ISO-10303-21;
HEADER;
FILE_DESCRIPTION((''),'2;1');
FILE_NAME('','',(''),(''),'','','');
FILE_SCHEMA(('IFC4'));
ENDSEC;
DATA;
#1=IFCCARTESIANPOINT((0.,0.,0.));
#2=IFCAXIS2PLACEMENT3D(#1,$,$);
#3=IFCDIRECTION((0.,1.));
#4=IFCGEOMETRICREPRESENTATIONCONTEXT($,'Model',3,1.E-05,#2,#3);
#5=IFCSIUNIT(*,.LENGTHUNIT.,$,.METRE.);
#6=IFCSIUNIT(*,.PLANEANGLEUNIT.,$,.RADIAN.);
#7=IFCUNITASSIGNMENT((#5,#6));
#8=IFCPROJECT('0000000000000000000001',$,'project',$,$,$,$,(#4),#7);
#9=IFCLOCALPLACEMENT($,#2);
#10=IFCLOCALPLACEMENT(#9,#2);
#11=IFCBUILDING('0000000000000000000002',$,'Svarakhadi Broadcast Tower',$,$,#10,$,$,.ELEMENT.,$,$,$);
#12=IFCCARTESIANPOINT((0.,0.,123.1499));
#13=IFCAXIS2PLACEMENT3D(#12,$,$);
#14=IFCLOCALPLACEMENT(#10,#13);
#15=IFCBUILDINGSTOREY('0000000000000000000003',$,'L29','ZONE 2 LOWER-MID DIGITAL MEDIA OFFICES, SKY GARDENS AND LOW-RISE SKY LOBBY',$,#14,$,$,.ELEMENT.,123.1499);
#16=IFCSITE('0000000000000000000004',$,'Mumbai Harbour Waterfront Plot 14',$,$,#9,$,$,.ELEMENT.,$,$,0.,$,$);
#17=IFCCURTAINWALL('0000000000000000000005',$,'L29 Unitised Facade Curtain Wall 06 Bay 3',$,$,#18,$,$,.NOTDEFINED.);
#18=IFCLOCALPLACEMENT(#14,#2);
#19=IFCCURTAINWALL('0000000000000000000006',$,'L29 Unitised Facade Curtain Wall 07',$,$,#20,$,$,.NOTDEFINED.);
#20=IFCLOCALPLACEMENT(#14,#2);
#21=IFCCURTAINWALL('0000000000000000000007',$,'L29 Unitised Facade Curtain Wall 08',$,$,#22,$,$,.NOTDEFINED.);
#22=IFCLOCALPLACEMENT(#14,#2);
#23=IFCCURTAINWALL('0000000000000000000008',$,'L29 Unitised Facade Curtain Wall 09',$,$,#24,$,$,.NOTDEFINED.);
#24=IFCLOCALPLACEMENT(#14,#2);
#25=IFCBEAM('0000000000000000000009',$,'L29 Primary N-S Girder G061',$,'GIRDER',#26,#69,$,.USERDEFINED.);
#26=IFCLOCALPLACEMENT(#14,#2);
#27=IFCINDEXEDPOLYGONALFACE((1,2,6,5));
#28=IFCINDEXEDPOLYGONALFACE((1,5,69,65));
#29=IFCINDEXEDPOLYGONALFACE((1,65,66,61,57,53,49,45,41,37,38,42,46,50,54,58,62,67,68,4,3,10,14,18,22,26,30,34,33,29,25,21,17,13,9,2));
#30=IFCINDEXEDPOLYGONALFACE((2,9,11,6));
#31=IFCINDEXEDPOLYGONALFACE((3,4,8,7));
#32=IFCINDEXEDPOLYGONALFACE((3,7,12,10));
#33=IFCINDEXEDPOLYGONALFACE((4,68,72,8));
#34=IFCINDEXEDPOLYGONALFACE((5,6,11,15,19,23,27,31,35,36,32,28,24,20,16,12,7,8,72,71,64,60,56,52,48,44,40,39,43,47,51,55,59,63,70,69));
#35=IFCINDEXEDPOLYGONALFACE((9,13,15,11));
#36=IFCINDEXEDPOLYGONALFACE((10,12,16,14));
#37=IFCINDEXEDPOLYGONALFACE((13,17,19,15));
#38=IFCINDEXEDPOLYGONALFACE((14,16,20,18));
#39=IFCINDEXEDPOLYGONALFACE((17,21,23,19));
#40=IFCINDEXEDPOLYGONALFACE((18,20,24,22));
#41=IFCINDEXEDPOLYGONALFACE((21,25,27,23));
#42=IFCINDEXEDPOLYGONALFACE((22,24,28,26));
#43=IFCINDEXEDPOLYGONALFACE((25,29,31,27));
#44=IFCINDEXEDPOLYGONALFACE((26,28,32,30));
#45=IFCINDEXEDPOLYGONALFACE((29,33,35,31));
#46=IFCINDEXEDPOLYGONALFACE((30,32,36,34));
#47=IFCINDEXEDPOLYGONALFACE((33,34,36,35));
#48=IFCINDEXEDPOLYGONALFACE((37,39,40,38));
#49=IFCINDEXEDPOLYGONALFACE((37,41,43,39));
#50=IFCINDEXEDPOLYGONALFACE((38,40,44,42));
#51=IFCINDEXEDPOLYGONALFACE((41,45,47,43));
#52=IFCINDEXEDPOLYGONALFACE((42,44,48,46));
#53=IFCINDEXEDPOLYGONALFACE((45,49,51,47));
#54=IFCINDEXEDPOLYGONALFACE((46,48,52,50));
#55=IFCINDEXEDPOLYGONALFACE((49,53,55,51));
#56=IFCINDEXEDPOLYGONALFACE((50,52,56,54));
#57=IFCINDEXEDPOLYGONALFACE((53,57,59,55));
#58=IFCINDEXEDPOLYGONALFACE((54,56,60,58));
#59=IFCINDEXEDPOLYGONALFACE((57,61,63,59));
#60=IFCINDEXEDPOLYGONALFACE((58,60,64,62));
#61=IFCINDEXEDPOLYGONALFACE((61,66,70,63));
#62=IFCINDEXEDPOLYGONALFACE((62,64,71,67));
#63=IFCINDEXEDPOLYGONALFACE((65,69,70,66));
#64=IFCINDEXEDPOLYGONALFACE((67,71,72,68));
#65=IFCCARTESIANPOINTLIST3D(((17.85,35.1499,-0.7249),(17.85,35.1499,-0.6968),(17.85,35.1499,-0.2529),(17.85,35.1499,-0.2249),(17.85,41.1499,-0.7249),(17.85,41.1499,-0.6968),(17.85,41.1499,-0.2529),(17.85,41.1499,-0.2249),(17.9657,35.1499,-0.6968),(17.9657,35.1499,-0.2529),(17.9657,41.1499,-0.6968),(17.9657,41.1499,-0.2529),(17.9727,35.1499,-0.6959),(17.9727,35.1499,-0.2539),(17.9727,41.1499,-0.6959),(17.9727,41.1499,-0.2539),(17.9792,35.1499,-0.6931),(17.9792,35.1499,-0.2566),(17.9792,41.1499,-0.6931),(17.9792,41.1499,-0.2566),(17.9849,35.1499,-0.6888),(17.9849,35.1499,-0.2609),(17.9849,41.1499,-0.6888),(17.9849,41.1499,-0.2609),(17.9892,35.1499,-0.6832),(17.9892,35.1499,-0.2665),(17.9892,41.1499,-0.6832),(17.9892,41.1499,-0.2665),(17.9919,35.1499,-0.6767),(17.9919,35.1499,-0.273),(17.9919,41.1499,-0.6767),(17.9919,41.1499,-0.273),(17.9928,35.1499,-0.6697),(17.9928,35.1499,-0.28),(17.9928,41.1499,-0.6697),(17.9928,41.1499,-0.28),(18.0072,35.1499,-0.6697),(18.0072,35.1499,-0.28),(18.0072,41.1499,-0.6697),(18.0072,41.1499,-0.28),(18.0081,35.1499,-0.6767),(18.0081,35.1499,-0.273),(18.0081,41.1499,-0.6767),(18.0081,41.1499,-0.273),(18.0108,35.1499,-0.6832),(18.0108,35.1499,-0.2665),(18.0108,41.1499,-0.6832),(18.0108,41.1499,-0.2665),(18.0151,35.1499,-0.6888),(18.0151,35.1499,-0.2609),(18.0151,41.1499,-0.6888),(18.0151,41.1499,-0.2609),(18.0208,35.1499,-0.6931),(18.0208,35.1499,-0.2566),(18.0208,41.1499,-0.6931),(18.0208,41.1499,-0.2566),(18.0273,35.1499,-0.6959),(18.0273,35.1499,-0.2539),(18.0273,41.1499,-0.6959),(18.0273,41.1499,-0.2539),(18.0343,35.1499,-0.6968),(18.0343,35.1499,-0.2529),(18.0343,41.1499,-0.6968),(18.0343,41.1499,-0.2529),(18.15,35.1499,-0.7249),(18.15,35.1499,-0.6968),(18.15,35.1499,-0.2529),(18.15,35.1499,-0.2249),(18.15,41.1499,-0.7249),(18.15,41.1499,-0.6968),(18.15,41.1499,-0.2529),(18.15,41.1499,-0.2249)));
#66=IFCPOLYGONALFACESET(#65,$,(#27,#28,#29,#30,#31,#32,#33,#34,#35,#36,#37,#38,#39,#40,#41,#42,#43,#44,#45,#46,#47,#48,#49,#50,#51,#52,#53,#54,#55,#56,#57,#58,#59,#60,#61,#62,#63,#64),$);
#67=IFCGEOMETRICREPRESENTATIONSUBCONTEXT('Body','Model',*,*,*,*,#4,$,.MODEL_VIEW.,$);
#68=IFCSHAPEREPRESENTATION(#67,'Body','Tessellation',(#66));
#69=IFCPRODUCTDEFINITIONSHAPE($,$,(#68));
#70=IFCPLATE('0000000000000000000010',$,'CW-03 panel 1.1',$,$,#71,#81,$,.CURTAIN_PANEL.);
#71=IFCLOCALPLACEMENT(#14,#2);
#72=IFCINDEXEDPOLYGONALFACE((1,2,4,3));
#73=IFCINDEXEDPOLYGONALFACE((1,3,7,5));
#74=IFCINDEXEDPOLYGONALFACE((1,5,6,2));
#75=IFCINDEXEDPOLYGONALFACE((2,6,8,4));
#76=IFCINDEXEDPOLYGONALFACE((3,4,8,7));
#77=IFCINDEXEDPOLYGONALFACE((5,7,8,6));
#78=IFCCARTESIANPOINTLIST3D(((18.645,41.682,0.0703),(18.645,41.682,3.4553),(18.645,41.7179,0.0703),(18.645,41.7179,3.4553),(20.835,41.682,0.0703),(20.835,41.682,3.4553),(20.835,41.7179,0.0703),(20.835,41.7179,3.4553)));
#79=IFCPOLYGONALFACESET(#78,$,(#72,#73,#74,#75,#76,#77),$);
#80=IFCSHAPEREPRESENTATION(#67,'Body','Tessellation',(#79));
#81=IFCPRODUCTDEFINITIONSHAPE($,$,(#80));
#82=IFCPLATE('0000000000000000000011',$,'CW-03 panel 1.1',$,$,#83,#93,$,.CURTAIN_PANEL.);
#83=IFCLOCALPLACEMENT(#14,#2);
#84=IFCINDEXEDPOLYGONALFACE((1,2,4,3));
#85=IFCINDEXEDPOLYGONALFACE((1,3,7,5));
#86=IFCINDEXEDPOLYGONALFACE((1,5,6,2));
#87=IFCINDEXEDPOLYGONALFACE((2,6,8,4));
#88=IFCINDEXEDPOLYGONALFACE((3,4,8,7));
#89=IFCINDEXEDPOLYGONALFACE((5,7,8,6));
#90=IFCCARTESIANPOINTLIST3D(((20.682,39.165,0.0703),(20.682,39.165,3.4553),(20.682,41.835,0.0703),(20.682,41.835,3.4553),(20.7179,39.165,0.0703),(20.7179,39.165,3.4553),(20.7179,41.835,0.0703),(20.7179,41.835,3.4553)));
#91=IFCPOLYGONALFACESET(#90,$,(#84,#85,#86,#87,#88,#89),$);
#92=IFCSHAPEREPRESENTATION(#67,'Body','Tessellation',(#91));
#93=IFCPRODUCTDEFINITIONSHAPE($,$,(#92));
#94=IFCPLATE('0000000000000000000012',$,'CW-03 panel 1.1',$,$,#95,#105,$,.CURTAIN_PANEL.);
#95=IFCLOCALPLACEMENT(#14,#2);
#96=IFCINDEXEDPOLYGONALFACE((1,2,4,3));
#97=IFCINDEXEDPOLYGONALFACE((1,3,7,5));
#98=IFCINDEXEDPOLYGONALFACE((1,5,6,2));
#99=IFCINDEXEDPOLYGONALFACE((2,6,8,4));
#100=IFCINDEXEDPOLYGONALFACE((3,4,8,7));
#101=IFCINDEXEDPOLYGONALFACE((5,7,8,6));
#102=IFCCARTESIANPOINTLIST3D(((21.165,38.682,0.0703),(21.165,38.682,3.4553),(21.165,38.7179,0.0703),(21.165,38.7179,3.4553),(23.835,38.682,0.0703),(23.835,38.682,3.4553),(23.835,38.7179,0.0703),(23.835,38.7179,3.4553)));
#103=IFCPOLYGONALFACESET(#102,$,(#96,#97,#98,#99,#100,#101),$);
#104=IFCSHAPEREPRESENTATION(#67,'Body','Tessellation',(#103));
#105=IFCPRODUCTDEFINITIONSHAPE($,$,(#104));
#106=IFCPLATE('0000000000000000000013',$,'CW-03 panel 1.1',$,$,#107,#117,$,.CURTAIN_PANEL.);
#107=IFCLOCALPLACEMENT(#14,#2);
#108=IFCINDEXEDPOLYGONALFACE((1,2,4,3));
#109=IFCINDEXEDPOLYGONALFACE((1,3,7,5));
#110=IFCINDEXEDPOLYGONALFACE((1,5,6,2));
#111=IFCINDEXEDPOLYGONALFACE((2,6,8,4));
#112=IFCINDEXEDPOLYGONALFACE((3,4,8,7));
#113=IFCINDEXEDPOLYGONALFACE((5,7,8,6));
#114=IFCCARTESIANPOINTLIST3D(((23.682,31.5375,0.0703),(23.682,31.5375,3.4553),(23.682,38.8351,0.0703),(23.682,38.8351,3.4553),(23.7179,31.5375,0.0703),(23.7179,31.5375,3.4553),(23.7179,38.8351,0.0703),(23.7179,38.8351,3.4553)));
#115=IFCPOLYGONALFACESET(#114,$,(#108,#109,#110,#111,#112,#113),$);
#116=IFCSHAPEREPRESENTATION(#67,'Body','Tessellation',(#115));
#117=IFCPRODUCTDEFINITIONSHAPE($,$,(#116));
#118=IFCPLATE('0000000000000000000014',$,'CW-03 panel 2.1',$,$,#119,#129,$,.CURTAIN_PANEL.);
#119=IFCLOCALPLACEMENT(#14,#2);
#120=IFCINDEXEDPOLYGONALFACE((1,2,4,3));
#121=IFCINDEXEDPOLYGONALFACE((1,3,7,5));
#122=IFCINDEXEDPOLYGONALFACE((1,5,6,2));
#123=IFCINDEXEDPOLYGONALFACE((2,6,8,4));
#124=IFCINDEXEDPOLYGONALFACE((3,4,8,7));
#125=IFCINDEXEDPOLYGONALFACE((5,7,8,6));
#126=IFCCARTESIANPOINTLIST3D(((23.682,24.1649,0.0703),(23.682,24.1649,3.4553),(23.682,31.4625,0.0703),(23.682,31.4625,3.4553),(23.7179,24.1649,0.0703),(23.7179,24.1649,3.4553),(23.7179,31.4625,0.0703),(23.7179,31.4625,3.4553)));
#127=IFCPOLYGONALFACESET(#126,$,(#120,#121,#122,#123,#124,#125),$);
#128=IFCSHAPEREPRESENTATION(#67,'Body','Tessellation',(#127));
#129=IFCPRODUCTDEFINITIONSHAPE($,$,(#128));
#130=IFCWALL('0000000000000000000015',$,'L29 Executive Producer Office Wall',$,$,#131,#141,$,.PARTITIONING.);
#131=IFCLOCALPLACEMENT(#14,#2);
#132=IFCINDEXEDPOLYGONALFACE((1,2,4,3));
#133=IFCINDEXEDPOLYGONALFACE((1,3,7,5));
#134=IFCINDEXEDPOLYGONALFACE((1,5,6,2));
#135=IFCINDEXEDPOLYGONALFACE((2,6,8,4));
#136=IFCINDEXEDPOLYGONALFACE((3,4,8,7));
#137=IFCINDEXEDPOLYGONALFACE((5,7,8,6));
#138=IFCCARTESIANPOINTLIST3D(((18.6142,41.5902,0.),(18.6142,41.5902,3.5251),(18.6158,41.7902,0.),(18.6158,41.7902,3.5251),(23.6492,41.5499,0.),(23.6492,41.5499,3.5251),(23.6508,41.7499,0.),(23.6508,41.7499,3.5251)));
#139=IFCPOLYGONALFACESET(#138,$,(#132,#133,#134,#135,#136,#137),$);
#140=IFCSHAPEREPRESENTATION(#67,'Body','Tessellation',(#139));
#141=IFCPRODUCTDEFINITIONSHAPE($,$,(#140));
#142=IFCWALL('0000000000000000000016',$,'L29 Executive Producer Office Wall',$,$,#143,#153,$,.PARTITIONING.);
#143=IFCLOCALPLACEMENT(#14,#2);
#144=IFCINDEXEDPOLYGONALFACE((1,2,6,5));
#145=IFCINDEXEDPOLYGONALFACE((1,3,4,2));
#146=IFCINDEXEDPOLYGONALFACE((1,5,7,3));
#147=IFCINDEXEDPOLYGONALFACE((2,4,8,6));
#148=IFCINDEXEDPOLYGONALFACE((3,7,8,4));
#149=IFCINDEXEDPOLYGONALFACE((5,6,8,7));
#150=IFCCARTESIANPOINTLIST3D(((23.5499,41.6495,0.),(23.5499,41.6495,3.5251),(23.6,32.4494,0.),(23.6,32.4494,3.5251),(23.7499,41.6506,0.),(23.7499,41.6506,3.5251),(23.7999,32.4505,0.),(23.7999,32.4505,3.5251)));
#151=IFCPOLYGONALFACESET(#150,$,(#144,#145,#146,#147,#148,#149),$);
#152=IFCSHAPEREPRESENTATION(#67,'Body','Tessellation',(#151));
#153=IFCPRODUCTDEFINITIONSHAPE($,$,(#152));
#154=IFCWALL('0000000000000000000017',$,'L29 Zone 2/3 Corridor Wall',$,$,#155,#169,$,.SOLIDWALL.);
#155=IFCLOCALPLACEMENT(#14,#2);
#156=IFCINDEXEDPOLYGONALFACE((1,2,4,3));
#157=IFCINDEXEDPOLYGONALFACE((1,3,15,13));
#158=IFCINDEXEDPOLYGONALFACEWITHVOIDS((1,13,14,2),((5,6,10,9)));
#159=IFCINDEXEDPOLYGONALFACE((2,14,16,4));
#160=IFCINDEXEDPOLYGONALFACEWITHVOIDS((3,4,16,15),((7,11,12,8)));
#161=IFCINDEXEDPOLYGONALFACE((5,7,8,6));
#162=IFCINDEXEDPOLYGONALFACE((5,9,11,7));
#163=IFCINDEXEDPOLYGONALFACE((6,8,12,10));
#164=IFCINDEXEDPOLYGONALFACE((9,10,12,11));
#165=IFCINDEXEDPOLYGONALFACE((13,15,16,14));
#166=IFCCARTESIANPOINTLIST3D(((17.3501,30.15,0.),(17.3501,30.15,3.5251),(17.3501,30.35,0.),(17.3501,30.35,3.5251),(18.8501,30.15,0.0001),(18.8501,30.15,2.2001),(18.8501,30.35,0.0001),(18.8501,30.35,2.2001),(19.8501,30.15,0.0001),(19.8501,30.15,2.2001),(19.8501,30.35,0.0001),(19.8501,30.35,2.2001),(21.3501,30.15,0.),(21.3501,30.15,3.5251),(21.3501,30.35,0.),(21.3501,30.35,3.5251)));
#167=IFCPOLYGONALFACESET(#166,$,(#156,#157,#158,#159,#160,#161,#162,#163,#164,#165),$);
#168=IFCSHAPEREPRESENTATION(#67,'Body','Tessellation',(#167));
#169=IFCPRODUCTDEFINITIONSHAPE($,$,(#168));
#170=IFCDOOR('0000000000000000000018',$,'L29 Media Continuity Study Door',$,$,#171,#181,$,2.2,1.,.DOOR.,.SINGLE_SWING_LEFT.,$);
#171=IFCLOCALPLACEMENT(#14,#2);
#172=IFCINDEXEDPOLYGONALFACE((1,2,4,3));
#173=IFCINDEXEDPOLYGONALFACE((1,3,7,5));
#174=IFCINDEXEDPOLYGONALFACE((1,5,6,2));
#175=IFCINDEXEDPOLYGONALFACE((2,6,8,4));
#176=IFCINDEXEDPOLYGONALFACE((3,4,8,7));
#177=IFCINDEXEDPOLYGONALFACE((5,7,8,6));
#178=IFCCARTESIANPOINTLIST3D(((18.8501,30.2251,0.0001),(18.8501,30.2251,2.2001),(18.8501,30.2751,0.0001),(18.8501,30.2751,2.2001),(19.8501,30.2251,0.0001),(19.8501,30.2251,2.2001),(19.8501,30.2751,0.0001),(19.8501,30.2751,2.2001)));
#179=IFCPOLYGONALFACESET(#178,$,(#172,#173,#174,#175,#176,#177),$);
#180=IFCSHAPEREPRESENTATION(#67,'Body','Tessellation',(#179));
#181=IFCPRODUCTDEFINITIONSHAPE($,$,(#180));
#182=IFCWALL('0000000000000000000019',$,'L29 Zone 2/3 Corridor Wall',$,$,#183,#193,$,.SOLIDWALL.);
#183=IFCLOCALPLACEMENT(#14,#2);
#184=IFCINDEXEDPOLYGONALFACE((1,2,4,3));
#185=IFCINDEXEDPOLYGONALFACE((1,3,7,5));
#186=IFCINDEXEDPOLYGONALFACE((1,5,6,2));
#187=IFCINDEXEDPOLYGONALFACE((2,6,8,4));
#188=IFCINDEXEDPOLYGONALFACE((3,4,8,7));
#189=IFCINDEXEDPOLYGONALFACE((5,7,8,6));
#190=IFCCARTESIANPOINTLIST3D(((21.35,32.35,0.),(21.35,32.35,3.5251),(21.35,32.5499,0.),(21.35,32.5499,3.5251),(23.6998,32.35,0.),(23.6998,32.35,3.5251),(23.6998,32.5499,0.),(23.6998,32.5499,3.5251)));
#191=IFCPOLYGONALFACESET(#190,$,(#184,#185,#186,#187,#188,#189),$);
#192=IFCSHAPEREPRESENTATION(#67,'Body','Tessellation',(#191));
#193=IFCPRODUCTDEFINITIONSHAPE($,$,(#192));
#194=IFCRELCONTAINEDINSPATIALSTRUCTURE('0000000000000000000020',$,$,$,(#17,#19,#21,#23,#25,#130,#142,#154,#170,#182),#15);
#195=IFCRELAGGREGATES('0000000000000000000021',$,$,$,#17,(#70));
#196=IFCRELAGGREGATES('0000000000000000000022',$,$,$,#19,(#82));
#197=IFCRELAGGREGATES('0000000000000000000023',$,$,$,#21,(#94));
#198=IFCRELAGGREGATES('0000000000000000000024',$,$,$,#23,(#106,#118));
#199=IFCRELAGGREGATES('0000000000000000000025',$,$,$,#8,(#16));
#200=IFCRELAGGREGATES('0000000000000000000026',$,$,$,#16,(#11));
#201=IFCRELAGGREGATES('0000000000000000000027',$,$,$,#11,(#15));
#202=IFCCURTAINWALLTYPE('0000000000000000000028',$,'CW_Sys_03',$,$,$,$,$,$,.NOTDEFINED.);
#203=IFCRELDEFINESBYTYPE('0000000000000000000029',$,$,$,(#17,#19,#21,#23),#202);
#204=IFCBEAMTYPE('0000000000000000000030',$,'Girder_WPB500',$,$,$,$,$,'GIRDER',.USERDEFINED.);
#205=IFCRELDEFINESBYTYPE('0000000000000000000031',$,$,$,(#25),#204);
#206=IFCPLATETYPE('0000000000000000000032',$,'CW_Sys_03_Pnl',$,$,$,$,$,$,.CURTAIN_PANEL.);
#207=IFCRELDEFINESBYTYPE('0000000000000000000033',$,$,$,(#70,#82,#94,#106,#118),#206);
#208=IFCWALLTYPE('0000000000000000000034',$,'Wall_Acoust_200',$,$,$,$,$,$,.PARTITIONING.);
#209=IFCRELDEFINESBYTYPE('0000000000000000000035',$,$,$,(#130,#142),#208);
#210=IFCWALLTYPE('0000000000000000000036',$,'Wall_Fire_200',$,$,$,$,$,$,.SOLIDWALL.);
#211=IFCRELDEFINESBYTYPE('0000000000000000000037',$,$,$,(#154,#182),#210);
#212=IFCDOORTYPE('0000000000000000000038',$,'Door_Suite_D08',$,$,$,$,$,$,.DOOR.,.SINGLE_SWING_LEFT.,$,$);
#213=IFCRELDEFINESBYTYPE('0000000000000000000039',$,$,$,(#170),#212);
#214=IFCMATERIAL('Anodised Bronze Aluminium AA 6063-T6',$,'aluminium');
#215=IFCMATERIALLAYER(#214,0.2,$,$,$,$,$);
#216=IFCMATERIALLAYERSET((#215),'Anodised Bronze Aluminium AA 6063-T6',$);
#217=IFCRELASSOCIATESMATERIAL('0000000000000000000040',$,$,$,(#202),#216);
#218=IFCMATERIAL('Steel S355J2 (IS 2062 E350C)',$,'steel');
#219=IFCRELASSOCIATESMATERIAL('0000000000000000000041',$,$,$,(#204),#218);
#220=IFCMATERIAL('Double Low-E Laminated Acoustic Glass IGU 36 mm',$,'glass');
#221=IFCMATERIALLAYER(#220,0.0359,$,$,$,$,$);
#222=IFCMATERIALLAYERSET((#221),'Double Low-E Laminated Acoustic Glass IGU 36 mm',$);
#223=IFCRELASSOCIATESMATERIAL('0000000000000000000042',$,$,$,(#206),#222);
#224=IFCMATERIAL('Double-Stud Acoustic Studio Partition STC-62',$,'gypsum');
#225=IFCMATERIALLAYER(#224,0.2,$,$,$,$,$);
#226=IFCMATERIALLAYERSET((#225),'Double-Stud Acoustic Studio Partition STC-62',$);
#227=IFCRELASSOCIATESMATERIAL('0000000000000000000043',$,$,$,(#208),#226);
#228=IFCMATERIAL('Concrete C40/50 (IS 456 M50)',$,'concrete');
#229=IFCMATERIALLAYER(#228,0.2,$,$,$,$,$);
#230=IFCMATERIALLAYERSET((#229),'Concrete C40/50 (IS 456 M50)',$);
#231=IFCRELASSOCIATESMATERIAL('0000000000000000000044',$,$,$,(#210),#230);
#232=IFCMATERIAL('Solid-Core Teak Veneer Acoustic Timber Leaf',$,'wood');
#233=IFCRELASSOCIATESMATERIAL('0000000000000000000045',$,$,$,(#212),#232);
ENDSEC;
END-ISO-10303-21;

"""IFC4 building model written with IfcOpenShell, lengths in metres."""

from ifc_helpers import new_model, si_unit, direction, frame, frame_2d, origin, origin_2d, place, context, subcontext, project, spatial, rectangle, i_section, extrude, material, layer, layer_set, material_profile, profile_set, type_object, element, fill, aggregate, save


model = new_model("IFC4")

# Units and contexts
model_context = context("Model", 3, precision=1e-05, world=origin(), true_north=direction((0.0, 1.0)))
body_context = subcontext(model_context, "Body", "Model", "MODEL_VIEW")
ifc_project = project(units=[si_unit("LENGTHUNIT", "METRE"), si_unit("PLANEANGLEUNIT", "RADIAN")], contexts=[model_context])

# Site, building, storey
site_placement = place(None, origin())
site = spatial("IfcSite", under=ifc_project, at=site_placement, Name="Mumbai Harbour Waterfront Plot 14", CompositionType="ELEMENT", RefElevation=0.0)
building_placement = place(site_placement, origin())
building = spatial("IfcBuilding", under=site, at=building_placement, Name="Svarakhadi Broadcast Tower", CompositionType="ELEMENT")
storey_placement = place(building_placement, frame((0.0, 0.0, 123.1499)))
storey = spatial("IfcBuildingStorey", under=building, at=storey_placement, Name="L29", Description="ZONE 2 LOWER-MID DIGITAL MEDIA OFFICES, SKY GARDENS AND LOW-RISE SKY LOBBY", CompositionType="ELEMENT", Elevation=123.1499)

# Curtain walls
ifc_material_1 = material(Name="Anodised Bronze Aluminium AA 6063-T6", Category="aluminium")
ifc_layer_1 = layer(ifc_material_1, 0.2)
ifc_layer_set_1 = layer_set([ifc_layer_1], Name="Anodised Bronze Aluminium AA 6063-T6")
curtain_wall_type = type_object("IfcCurtainWallType", Name="CW_Sys_03", PredefinedType="NOTDEFINED", material=ifc_layer_set_1)
curtain_wall_1_placement = place(storey_placement, origin())
curtain_wall_1 = element("IfcCurtainWall", 1, at=curtain_wall_1_placement, inside=storey, type_object=curtain_wall_type, Name="L29 Unitised Facade Curtain Wall 06 Bay 3", PredefinedType="NOTDEFINED")
curtain_wall_2_placement = place(storey_placement, origin())
curtain_wall_2 = element("IfcCurtainWall", 2, at=curtain_wall_2_placement, inside=storey, type_object=curtain_wall_type, Name="L29 Unitised Facade Curtain Wall 07", PredefinedType="NOTDEFINED")
curtain_wall_3_placement = place(storey_placement, origin())
curtain_wall_3 = element("IfcCurtainWall", 3, at=curtain_wall_3_placement, inside=storey, type_object=curtain_wall_type, Name="L29 Unitised Facade Curtain Wall 08", PredefinedType="NOTDEFINED")
curtain_wall_4_placement = place(storey_placement, origin())
curtain_wall_4 = element("IfcCurtainWall", 4, at=curtain_wall_4_placement, inside=storey, type_object=curtain_wall_type, Name="L29 Unitised Facade Curtain Wall 09", PredefinedType="NOTDEFINED")

# Beam
ifc_material_2 = material(Name="Steel S355J2 (IS 2062 E350C)", Category="steel")
ifc_material_profile_1 = material_profile(ifc_material_2, i_section(OverallWidth=0.3, OverallDepth=0.5, WebThickness=0.0144, FlangeThickness=0.0281, FilletRadius=0.0271, at=origin_2d()), Name="WPB 500x300x187")
ifc_profile_set_1 = profile_set([ifc_material_profile_1], Name="Steel S355J2 (IS 2062 E350C)")
beam_type = type_object("IfcBeamType", Name="Girder_WPB500", ElementType="GIRDER", PredefinedType="USERDEFINED", material=ifc_profile_set_1)
for number, where, z_axis, x_axis, name in (
    (5, (18.0, 35.1499, -0.4749), (0.0, 1.0, 0.0), (-1.0, 0.0, 0.0), "L29 Primary N-S Girder G061"),
):
    element("IfcBeam", number, at=place(storey_placement, frame(where, z_axis=z_axis, x_axis=x_axis)), inside=storey, type_object=beam_type, Name=name, ObjectType="GIRDER", PredefinedType="USERDEFINED", context=body_context, shape_type="SweptSolid", body=[
        extrude(i_section(OverallWidth=0.3, OverallDepth=0.5, WebThickness=0.0144, FlangeThickness=0.0281, FilletRadius=0.0271, at=origin_2d()), origin(), (0.0, 0.0, 1.0), 6.0),
    ])

# Plates
ifc_material_3 = material(Name="Double Low-E Laminated Acoustic Glass IGU 36 mm", Category="glass")
ifc_layer_2 = layer(ifc_material_3, 0.0359)
ifc_layer_set_2 = layer_set([ifc_layer_2], Name="Double Low-E Laminated Acoustic Glass IGU 36 mm")
plate_type = type_object("IfcPlateType", Name="CW_Sys_03_Pnl", PredefinedType="CURTAIN_PANEL", material=ifc_layer_set_2)
plate_1_placement = place(storey_placement, frame((19.74, 41.7, 0.0703), z_axis=(0.0, 0.0, 1.0), x_axis=(1.0, 0.0, 0.0)))
plate_1 = element("IfcPlate", 6, at=plate_1_placement, type_object=plate_type, Name="CW-03 panel 1.1", PredefinedType="CURTAIN_PANEL", context=body_context, shape_type="SweptSolid", body=[
    extrude(rectangle(XDim=2.1899, YDim=0.0359, at=origin_2d()), origin(), (0.0, 0.0, 1.0), 3.385),
])
aggregate(curtain_wall_1, [plate_1])
plate_2_placement = place(storey_placement, frame((20.7, 40.5, 0.0703), z_axis=(0.0, 0.0, 1.0), x_axis=(0.0, -1.0, 0.0)))
plate_2 = element("IfcPlate", 7, at=plate_2_placement, type_object=plate_type, Name="CW-03 panel 1.1", PredefinedType="CURTAIN_PANEL", context=body_context, shape_type="SweptSolid", body=[
    extrude(rectangle(XDim=2.6699, YDim=0.0359, at=origin_2d()), origin(), (0.0, 0.0, 1.0), 3.385),
])
aggregate(curtain_wall_2, [plate_2])
plate_3_placement = place(storey_placement, frame((22.5, 38.7, 0.0703), z_axis=(0.0, 0.0, 1.0), x_axis=(1.0, 0.0, 0.0)))
plate_3 = element("IfcPlate", 8, at=plate_3_placement, type_object=plate_type, Name="CW-03 panel 1.1", PredefinedType="CURTAIN_PANEL", context=body_context, shape_type="SweptSolid", body=[
    extrude(rectangle(XDim=2.6699, YDim=0.0359, at=origin_2d()), origin(), (0.0, 0.0, 1.0), 3.385),
])
aggregate(curtain_wall_3, [plate_3])
plate_4_placement = place(storey_placement, frame((23.7, 35.1863, 0.0703), z_axis=(0.0, 0.0, 1.0), x_axis=(0.0, -1.0, 0.0)))
plate_4 = element("IfcPlate", 9, at=plate_4_placement, type_object=plate_type, Name="CW-03 panel 1.1", PredefinedType="CURTAIN_PANEL", context=body_context, shape_type="SweptSolid", body=[
    extrude(rectangle(XDim=7.2976, YDim=0.0359, at=origin_2d()), origin(), (0.0, 0.0, 1.0), 3.385),
])
plate_5_placement = place(storey_placement, frame((23.7, 27.8137, 0.0703), z_axis=(0.0, 0.0, 1.0), x_axis=(0.0, -1.0, 0.0)))
plate_5 = element("IfcPlate", 10, at=plate_5_placement, type_object=plate_type, Name="CW-03 panel 2.1", PredefinedType="CURTAIN_PANEL", context=body_context, shape_type="SweptSolid", body=[
    extrude(rectangle(XDim=7.2976, YDim=0.0359, at=origin_2d()), origin(), (0.0, 0.0, 1.0), 3.385),
])
aggregate(curtain_wall_4, [plate_4, plate_5])

# Walls
ifc_material_4 = material(Name="Double-Stud Acoustic Studio Partition STC-62", Category="gypsum")
ifc_layer_3 = layer(ifc_material_4, 0.2)
ifc_layer_set_3 = layer_set([ifc_layer_3], Name="Double-Stud Acoustic Studio Partition STC-62")
wall_type_1 = type_object("IfcWallType", Name="Wall_Acoust_200", PredefinedType="PARTITIONING", material=ifc_layer_set_3)
wall_1_placement = place(storey_placement, frame((18.615, 41.6902, 0.0), z_axis=(0.0, 0.0, 1.0), x_axis=(0.999968, -0.008001, 0.0)))
element("IfcWall", 11, at=wall_1_placement, inside=storey, type_object=wall_type_1, Name="L29 Executive Producer Office Wall", PredefinedType="PARTITIONING", context=body_context, shape_type="SweptSolid", body=[
    extrude(rectangle(XDim=5.0352, YDim=0.2, at=frame_2d((2.5176, 0.0))), origin(), (0.0, 0.0, 1.0), 3.5251),
])
wall_2_placement = place(storey_placement, frame((23.7, 32.45, 0.0), z_axis=(0.0, 0.0, 1.0), x_axis=(-0.00544, 0.999985, 0.0)))
element("IfcWall", 12, at=wall_2_placement, inside=storey, type_object=wall_type_1, Name="L29 Executive Producer Office Wall", PredefinedType="PARTITIONING", context=body_context, shape_type="SweptSolid", body=[
    extrude(rectangle(XDim=9.2002, YDim=0.2, at=frame_2d((4.6001, 0.0))), origin(), (0.0, 0.0, 1.0), 3.5251),
])

# Wall, opening, door
ifc_material_5 = material(Name="Concrete C40/50 (IS 456 M50)", Category="concrete")
ifc_layer_4 = layer(ifc_material_5, 0.2)
ifc_layer_set_4 = layer_set([ifc_layer_4], Name="Concrete C40/50 (IS 456 M50)")
wall_type_2 = type_object("IfcWallType", Name="Wall_Fire_200", PredefinedType="SOLIDWALL", material=ifc_layer_set_4)
wall_3_placement = place(storey_placement, frame((21.3501, 30.25, 0.0), z_axis=(0.0, 0.0, 1.0), x_axis=(-1.0, 0.0, 0.0)))
wall_3 = element("IfcWall", 13, at=wall_3_placement, inside=storey, type_object=wall_type_2, Name="L29 Zone 2/3 Corridor Wall", PredefinedType="SOLIDWALL", context=body_context, shape_type="SweptSolid", body=[
    extrude(rectangle(XDim=4.0, YDim=0.2, at=frame_2d((2.0, 0.0))), origin(), (0.0, 0.0, 1.0), 3.5251),
])
opening_placement = place(wall_3_placement, frame((1.5, 0.0, 0.0)))
opening = element("IfcOpeningElement", 14, at=opening_placement, cuts=wall_3, PredefinedType="OPENING", context=body_context, shape_type="SweptSolid", body=[
    extrude(rectangle(XDim=1.0, YDim=2.2, at=frame_2d((0.5, 1.1001))), frame((0.0, 0.1099, 0.0), z_axis=(0.0, -1.0, 0.0), x_axis=(1.0, 0.0, 0.0)), (0.0, 0.0, 1.0), 0.22),
])
ifc_material_6 = material(Name="Solid-Core Teak Veneer Acoustic Timber Leaf", Category="wood")
door_type = type_object("IfcDoorType", Name="Door_Suite_D08", OperationType="SINGLE_SWING_LEFT", PredefinedType="DOOR", material=ifc_material_6)
door_placement = place(opening_placement, origin())
door = element("IfcDoor", 15, at=door_placement, inside=storey, type_object=door_type, Name="L29 Media Continuity Study Door", OperationType="SINGLE_SWING_LEFT", OverallHeight=2.2, OverallWidth=1.0, PredefinedType="DOOR", context=body_context, shape_type="SweptSolid", body=[
    extrude(rectangle(XDim=1.0, YDim=2.2, at=frame_2d((0.5, 1.1001))), frame((0.0, 0.0249, 0.0), z_axis=(0.0, -1.0, 0.0), x_axis=(1.0, 0.0, 0.0)), (0.0, 0.0, 1.0), 0.05),
])
fill(opening, door)

# Wall
wall_4_placement = place(storey_placement, frame((21.3501, 32.45, 0.0), z_axis=(0.0, 0.0, 1.0), x_axis=(1.0, 0.0, 0.0)))
element("IfcWall", 16, at=wall_4_placement, inside=storey, type_object=wall_type_2, Name="L29 Zone 2/3 Corridor Wall", PredefinedType="SOLIDWALL", context=body_context, shape_type="SweptSolid", body=[
    extrude(rectangle(XDim=2.3499, YDim=0.2, at=frame_2d((1.1748, 0.0))), origin(), (0.0, 0.0, 1.0), 3.5251),
])

save(model, "model.ifc")
